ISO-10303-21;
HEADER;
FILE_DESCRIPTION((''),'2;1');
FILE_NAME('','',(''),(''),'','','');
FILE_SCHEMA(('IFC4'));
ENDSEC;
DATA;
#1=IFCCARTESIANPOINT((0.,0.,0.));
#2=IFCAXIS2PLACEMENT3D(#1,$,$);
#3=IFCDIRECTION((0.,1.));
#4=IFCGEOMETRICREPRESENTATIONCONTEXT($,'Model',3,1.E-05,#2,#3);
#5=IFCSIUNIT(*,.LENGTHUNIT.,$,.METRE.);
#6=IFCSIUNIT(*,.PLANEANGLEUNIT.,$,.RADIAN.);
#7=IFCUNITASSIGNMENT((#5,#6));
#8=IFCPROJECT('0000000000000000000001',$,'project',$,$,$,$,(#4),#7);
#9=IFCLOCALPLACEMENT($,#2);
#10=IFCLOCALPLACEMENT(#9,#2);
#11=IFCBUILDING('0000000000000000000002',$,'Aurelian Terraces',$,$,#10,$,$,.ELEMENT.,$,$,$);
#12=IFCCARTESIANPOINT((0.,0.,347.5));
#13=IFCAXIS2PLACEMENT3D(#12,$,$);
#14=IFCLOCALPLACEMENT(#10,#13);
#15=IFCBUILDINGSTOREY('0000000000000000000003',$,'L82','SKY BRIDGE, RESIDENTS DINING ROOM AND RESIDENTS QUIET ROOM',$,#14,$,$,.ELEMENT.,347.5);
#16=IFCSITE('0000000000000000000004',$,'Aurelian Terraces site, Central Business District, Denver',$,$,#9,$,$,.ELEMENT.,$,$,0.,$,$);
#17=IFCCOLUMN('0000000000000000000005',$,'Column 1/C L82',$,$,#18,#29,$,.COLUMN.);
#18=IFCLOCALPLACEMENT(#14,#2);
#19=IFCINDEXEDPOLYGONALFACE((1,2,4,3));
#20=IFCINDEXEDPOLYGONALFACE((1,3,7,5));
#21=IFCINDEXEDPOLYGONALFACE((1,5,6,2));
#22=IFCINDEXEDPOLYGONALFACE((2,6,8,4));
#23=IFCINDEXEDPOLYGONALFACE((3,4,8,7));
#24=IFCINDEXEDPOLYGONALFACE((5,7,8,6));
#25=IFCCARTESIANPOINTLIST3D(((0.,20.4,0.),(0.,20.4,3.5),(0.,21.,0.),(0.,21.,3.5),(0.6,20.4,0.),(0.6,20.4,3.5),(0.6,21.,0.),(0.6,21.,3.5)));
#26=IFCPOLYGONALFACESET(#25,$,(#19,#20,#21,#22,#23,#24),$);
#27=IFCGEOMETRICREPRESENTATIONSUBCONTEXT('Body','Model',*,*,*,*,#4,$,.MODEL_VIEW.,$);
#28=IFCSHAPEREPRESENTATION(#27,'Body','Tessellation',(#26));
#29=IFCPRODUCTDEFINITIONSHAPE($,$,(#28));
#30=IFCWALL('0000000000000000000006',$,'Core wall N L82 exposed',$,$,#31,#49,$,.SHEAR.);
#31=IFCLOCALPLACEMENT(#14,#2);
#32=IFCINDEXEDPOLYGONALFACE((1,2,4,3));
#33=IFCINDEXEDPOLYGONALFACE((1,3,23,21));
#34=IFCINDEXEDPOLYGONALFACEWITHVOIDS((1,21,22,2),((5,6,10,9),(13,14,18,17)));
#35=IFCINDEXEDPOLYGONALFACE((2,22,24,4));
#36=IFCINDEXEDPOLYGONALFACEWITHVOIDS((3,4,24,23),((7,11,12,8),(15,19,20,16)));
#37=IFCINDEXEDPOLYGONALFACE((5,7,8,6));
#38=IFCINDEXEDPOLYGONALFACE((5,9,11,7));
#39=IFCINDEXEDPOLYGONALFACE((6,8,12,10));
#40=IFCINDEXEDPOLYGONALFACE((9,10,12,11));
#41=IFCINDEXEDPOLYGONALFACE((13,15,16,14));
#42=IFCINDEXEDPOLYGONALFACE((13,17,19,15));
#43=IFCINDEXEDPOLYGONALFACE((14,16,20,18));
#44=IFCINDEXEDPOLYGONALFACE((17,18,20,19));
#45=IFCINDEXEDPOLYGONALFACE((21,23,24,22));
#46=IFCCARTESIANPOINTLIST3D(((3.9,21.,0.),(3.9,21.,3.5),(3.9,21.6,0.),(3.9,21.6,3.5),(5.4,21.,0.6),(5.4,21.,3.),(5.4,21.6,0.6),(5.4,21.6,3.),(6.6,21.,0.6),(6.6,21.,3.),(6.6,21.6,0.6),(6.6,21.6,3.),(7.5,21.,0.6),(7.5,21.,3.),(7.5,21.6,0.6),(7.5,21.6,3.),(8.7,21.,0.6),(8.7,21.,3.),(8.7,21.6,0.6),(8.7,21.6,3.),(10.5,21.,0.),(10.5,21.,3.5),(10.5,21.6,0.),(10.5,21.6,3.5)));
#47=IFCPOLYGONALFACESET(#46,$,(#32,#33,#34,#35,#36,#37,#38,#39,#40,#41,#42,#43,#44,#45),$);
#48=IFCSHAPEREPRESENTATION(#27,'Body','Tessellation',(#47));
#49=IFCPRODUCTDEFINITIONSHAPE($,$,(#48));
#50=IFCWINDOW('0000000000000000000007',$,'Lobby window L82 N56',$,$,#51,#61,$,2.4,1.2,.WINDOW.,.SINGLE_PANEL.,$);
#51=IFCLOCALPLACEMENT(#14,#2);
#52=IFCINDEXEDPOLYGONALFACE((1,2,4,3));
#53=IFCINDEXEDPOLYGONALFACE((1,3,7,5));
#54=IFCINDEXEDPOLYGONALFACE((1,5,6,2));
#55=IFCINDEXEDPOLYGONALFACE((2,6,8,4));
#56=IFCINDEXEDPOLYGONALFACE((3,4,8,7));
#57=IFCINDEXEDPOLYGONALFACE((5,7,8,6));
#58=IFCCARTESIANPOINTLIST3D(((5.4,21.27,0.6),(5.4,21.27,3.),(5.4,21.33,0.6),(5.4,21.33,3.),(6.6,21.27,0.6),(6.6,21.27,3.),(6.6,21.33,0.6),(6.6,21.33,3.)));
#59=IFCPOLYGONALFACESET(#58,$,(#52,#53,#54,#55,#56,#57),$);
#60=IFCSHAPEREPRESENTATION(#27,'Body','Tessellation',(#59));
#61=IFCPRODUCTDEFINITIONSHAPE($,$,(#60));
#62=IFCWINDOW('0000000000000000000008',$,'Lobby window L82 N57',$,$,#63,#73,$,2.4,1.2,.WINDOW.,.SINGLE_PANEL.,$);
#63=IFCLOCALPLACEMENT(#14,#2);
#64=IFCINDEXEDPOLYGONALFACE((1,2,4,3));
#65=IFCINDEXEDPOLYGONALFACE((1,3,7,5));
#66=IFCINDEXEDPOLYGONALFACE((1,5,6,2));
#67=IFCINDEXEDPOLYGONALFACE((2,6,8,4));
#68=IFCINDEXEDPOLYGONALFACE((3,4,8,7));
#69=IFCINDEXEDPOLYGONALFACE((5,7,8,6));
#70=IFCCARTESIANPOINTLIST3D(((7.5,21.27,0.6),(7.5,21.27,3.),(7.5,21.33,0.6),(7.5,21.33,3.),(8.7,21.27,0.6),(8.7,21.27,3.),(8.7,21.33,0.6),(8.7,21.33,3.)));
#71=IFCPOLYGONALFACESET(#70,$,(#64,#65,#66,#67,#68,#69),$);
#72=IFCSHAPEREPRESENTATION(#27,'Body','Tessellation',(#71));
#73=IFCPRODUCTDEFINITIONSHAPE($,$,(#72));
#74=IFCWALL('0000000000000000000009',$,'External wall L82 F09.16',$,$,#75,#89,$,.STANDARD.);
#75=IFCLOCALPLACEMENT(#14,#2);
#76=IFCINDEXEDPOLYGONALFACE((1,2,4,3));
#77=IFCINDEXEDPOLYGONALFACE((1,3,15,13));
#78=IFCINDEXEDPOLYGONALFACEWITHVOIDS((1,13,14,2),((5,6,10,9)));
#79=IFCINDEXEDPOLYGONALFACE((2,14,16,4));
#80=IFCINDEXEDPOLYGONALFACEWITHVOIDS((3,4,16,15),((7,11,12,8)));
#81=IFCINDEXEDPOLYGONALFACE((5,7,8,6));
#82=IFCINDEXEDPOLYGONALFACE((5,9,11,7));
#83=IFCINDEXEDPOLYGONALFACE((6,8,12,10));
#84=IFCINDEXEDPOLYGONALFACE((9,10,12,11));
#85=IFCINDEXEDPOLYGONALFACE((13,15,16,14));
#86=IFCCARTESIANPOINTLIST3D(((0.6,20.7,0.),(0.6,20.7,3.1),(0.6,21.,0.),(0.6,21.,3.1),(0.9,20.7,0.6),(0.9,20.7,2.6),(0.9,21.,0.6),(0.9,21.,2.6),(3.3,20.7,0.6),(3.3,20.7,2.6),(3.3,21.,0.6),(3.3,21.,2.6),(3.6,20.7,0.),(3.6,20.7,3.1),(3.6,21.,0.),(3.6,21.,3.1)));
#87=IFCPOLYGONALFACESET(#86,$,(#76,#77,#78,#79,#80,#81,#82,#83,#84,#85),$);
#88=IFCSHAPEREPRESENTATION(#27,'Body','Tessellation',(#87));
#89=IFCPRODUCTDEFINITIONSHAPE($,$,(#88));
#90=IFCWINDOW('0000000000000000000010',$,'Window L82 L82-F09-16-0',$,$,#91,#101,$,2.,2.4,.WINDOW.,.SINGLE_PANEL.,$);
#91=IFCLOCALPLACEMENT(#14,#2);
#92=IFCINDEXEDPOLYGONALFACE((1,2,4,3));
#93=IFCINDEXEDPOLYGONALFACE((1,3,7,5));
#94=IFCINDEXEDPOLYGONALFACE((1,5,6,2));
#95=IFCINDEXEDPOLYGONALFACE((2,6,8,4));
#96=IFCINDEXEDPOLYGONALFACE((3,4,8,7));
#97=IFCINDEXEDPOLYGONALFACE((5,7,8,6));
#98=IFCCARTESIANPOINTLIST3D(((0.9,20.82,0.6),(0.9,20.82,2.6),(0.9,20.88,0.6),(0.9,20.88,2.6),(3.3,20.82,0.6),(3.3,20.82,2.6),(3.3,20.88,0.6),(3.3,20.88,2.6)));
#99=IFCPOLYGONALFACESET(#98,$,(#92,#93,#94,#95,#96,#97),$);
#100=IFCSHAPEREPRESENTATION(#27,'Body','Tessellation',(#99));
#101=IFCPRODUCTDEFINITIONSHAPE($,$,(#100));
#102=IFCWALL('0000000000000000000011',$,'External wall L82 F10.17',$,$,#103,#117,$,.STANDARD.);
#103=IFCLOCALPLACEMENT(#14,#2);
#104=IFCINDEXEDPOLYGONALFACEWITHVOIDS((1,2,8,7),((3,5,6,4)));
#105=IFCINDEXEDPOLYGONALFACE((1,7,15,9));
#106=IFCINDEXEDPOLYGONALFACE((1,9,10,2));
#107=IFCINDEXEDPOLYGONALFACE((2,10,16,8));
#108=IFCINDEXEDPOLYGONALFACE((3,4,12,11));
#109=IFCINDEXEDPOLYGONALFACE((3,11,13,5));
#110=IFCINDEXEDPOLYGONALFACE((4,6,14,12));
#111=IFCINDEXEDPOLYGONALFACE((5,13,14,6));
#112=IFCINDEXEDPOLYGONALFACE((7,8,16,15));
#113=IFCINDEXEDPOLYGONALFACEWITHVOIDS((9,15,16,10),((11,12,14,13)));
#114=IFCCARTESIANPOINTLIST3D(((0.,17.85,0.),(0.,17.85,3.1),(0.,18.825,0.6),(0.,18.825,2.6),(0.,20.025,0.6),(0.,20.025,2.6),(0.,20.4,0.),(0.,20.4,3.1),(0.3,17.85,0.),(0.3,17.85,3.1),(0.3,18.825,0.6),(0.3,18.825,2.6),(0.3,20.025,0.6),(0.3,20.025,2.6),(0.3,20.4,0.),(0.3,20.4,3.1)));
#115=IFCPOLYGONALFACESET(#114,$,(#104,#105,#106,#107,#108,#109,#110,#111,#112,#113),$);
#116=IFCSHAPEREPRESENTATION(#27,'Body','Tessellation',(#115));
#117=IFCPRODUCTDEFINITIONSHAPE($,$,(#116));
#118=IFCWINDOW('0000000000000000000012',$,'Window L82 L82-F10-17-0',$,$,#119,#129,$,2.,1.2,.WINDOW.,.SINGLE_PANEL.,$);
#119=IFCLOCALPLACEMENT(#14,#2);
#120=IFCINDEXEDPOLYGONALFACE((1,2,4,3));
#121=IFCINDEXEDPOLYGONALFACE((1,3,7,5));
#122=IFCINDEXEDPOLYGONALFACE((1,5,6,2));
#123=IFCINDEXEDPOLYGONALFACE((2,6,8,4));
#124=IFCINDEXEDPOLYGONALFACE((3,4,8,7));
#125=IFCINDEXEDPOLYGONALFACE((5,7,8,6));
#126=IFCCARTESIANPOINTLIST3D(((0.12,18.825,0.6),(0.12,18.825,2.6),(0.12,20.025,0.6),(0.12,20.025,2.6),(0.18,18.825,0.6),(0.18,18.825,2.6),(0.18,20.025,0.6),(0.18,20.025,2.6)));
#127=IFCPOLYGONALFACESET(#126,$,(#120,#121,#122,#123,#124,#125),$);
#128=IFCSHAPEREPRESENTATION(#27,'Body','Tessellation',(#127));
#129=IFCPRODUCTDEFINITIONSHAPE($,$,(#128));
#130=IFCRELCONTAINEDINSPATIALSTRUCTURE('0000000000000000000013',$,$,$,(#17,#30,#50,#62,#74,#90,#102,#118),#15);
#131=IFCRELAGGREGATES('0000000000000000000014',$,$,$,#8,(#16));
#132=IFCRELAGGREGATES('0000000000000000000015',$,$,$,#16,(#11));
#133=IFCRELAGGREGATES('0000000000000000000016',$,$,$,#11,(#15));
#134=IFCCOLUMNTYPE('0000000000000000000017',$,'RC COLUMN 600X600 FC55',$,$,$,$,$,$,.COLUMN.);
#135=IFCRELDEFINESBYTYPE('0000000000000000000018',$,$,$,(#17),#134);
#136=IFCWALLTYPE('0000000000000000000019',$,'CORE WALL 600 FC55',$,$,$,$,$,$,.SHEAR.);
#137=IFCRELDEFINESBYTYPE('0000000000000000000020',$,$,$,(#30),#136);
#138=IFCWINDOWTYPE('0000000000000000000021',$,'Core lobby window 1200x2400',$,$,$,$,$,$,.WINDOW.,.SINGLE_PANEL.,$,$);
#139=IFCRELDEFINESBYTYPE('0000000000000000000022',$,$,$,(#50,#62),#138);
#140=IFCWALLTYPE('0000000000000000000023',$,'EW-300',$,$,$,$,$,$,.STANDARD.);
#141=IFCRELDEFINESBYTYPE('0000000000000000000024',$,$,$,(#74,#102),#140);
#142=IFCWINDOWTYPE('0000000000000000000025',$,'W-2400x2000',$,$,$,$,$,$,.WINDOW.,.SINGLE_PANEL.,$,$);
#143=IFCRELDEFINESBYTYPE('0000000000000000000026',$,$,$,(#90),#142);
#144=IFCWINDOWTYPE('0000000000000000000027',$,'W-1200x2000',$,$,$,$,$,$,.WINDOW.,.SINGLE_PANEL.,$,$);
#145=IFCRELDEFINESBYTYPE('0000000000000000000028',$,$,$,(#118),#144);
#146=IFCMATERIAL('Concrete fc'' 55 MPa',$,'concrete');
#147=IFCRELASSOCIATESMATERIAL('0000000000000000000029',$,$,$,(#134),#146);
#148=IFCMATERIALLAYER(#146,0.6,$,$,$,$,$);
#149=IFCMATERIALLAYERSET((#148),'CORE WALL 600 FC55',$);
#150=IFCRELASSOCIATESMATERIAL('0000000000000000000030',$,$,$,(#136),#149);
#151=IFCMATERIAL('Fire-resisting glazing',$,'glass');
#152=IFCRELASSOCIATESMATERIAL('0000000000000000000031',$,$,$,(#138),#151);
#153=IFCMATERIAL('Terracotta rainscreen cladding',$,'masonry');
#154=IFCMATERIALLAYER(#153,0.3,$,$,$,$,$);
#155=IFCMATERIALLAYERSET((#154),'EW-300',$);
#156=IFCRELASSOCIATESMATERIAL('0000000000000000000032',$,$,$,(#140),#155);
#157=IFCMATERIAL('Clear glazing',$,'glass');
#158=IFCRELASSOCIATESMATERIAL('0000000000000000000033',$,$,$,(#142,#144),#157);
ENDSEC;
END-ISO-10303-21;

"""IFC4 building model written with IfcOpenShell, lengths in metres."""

from ifc_helpers import new_model, si_unit, direction, frame, frame_2d, origin, origin_2d, place, context, subcontext, project, spatial, rectangle, extrude, source, transform, mapped, material, layer, layer_set, material_profile, profile_set, type_object, element, fill, save


model = new_model("IFC4")

# Units and contexts
model_context = context("Model", 3, precision=1e-05, world=origin(), true_north=direction((0.0, 1.0)))
body_context = subcontext(model_context, "Body", "Model", "MODEL_VIEW")
ifc_project = project(units=[si_unit("LENGTHUNIT", "METRE"), si_unit("PLANEANGLEUNIT", "RADIAN")], contexts=[model_context])

# Site, building, storey
site_placement = place(None, origin())
site = spatial("IfcSite", under=ifc_project, at=site_placement, Name="Aurelian Terraces site, Central Business District, Denver", CompositionType="ELEMENT", RefElevation=0.0)
building_placement = place(site_placement, origin())
building = spatial("IfcBuilding", under=site, at=building_placement, Name="Aurelian Terraces", CompositionType="ELEMENT")
storey_placement = place(building_placement, frame((0.0, 0.0, 347.5)))
storey = spatial("IfcBuildingStorey", under=building, at=storey_placement, Name="L82", Description="SKY BRIDGE, RESIDENTS DINING ROOM AND RESIDENTS QUIET ROOM", CompositionType="ELEMENT", Elevation=347.5)

# Column
ifc_material_1 = material(Name="Concrete fc' 55 MPa", Category="concrete")
ifc_material_profile = material_profile(ifc_material_1, rectangle(XDim=0.6, YDim=0.6, at=origin_2d()))
ifc_profile_set = profile_set([ifc_material_profile], Name="Concrete fc' 55 MPa")
column_type = type_object("IfcColumnType", Name="RC COLUMN 600X600 FC55", PredefinedType="COLUMN", material=ifc_profile_set)
shared_shape_1 = source(origin(), body_context, "Body", "SweptSolid", [
    extrude(rectangle(XDim=0.6, YDim=0.6, at=origin_2d()), origin(), (0.0, 0.0, 1.0), 3.5),
])
column_placement = place(storey_placement, frame((0.3, 20.7, 0.0), z_axis=(0.0, 0.0, 1.0), x_axis=(1.0, 0.0, 0.0)))
element("IfcColumn", 1, at=column_placement, inside=storey, type_object=column_type, Name="Column 1/C L82", PredefinedType="COLUMN", context=body_context, shape_type="MappedRepresentation", body=[
    mapped(shared_shape_1, transform((0.0, 0.0, 0.0), scale=1.0)),
])

# Wall, openings, windows
ifc_layer_1 = layer(ifc_material_1, 0.6)
ifc_layer_set_1 = layer_set([ifc_layer_1], Name="CORE WALL 600 FC55")
wall_type_1 = type_object("IfcWallType", Name="CORE WALL 600 FC55", PredefinedType="SHEAR", material=ifc_layer_set_1)
shared_shape_2 = source(origin(), body_context, "Body", "SweptSolid", [
    extrude(rectangle(XDim=6.6, YDim=0.6, at=frame_2d((3.3, 0.0))), origin(), (0.0, 0.0, 1.0), 3.5),
])
wall_1_placement = place(storey_placement, frame((3.9, 21.3, 0.0), z_axis=(0.0, 0.0, 1.0), x_axis=(1.0, 0.0, 0.0)))
wall_1 = element("IfcWall", 2, at=wall_1_placement, inside=storey, type_object=wall_type_1, Name="Core wall N L82 exposed", PredefinedType="SHEAR", context=body_context, shape_type="MappedRepresentation", body=[
    mapped(shared_shape_2, transform((0.0, 0.0, 0.0), scale=1.0)),
])
shared_shape_3 = source(origin(), body_context, "Body", "SweptSolid", [
    extrude(rectangle(XDim=1.2, YDim=2.4, at=frame_2d((0.6, 1.2))), frame((0.0, 0.31, 0.0), z_axis=(0.0, -1.0, 0.0), x_axis=(1.0, 0.0, 0.0)), (0.0, 0.0, 1.0), 0.62),
])
opening_1_placement = place(wall_1_placement, frame((1.5, 0.0, 0.6)))
opening_1 = element("IfcOpeningElement", 3, at=opening_1_placement, cuts=wall_1, PredefinedType="OPENING", context=body_context, shape_type="MappedRepresentation", body=[
    mapped(shared_shape_3, transform((0.0, 0.0, 0.0), scale=1.0)),
])
opening_2_placement = place(wall_1_placement, frame((3.6, 0.0, 0.6)))
opening_2 = element("IfcOpeningElement", 4, at=opening_2_placement, cuts=wall_1, PredefinedType="OPENING", context=body_context, shape_type="MappedRepresentation", body=[
    mapped(shared_shape_3, transform((0.0, 0.0, 0.0), scale=1.0)),
])
ifc_material_2 = material(Name="Fire-resisting glazing", Category="glass")
window_type_1 = type_object("IfcWindowType", Name="Core lobby window 1200x2400", PartitioningType="SINGLE_PANEL", PredefinedType="WINDOW", material=ifc_material_2)
shared_shape_4 = source(origin(), body_context, "Body", "SweptSolid", [
    extrude(rectangle(XDim=1.2, YDim=2.4, at=frame_2d((0.6, 1.2))), frame((0.0, 0.03, 0.0), z_axis=(0.0, -1.0, 0.0), x_axis=(1.0, 0.0, 0.0)), (0.0, 0.0, 1.0), 0.06),
])
window_1_placement = place(opening_1_placement, origin())
window_1 = element("IfcWindow", 5, at=window_1_placement, inside=storey, type_object=window_type_1, Name="Lobby window L82 N56", OverallHeight=2.4, OverallWidth=1.2, PartitioningType="SINGLE_PANEL", PredefinedType="WINDOW", context=body_context, shape_type="MappedRepresentation", body=[
    mapped(shared_shape_4, transform((0.0, 0.0, 0.0), scale=1.0)),
])
fill(opening_1, window_1)
window_2_placement = place(opening_2_placement, origin())
window_2 = element("IfcWindow", 6, at=window_2_placement, inside=storey, type_object=window_type_1, Name="Lobby window L82 N57", OverallHeight=2.4, OverallWidth=1.2, PartitioningType="SINGLE_PANEL", PredefinedType="WINDOW", context=body_context, shape_type="MappedRepresentation", body=[
    mapped(shared_shape_4, transform((0.0, 0.0, 0.0), scale=1.0)),
])
fill(opening_2, window_2)

# Walls, openings, windows
ifc_material_3 = material(Name="Terracotta rainscreen cladding", Category="masonry")
ifc_layer_2 = layer(ifc_material_3, 0.3)
ifc_layer_set_2 = layer_set([ifc_layer_2], Name="EW-300")
wall_type_2 = type_object("IfcWallType", Name="EW-300", PredefinedType="STANDARD", material=ifc_layer_set_2)
shared_shape_5 = source(origin(), body_context, "Body", "SweptSolid", [
    extrude(rectangle(XDim=3.0, YDim=0.3, at=frame_2d((1.5, 0.0))), origin(), (0.0, 0.0, 1.0), 3.1),
])
wall_2_placement = place(storey_placement, frame((3.6, 20.85, 0.0), z_axis=(0.0, 0.0, 1.0), x_axis=(-1.0, 0.0, 0.0)))
wall_2 = element("IfcWall", 7, at=wall_2_placement, inside=storey, type_object=wall_type_2, Name="External wall L82 F09.16", PredefinedType="STANDARD", context=body_context, shape_type="MappedRepresentation", body=[
    mapped(shared_shape_5, transform((0.0, 0.0, 0.0), scale=1.0)),
])
shared_shape_6 = source(origin(), body_context, "Body", "SweptSolid", [
    extrude(rectangle(XDim=2.4, YDim=2.0, at=frame_2d((1.2, 1.0))), frame((0.0, 0.16, 0.0), z_axis=(0.0, -1.0, 0.0), x_axis=(1.0, 0.0, 0.0)), (0.0, 0.0, 1.0), 0.32),
])
opening_3_placement = place(wall_2_placement, frame((0.3, 0.0, 0.6)))
opening_3 = element("IfcOpeningElement", 8, at=opening_3_placement, cuts=wall_2, PredefinedType="OPENING", context=body_context, shape_type="MappedRepresentation", body=[
    mapped(shared_shape_6, transform((0.0, 0.0, 0.0), scale=1.0)),
])
ifc_material_4 = material(Name="Clear glazing", Category="glass")
window_type_2 = type_object("IfcWindowType", Name="W-2400x2000", PartitioningType="SINGLE_PANEL", PredefinedType="WINDOW", material=ifc_material_4)
shared_shape_7 = source(origin(), body_context, "Body", "SweptSolid", [
    extrude(rectangle(XDim=2.4, YDim=2.0, at=frame_2d((1.2, 1.0))), frame((0.0, 0.03, 0.0), z_axis=(0.0, -1.0, 0.0), x_axis=(1.0, 0.0, 0.0)), (0.0, 0.0, 1.0), 0.06),
])
window_3_placement = place(opening_3_placement, origin())
window_3 = element("IfcWindow", 9, at=window_3_placement, inside=storey, type_object=window_type_2, Name="Window L82 L82-F09-16-0", OverallHeight=2.0, OverallWidth=2.4, PartitioningType="SINGLE_PANEL", PredefinedType="WINDOW", context=body_context, shape_type="MappedRepresentation", body=[
    mapped(shared_shape_7, transform((0.0, 0.0, 0.0), scale=1.0)),
])
fill(opening_3, window_3)
shared_shape_8 = source(origin(), body_context, "Body", "SweptSolid", [
    extrude(rectangle(XDim=2.55, YDim=0.3, at=frame_2d((1.275, 0.0))), origin(), (0.0, 0.0, 1.0), 3.1),
])
wall_3_placement = place(storey_placement, frame((0.15, 20.4, 0.0), z_axis=(0.0, 0.0, 1.0), x_axis=(0.0, -1.0, 0.0)))
wall_3 = element("IfcWall", 10, at=wall_3_placement, inside=storey, type_object=wall_type_2, Name="External wall L82 F10.17", PredefinedType="STANDARD", context=body_context, shape_type="MappedRepresentation", body=[
    mapped(shared_shape_8, transform((0.0, 0.0, 0.0), scale=1.0)),
])
shared_shape_9 = source(origin(), body_context, "Body", "SweptSolid", [
    extrude(rectangle(XDim=1.2, YDim=2.0, at=frame_2d((0.6, 1.0))), frame((0.0, 0.16, 0.0), z_axis=(0.0, -1.0, 0.0), x_axis=(1.0, 0.0, 0.0)), (0.0, 0.0, 1.0), 0.32),
])
opening_4_placement = place(wall_3_placement, frame((0.375, 0.0, 0.6)))
opening_4 = element("IfcOpeningElement", 11, at=opening_4_placement, cuts=wall_3, PredefinedType="OPENING", context=body_context, shape_type="MappedRepresentation", body=[
    mapped(shared_shape_9, transform((0.0, 0.0, 0.0), scale=1.0)),
])
window_type_3 = type_object("IfcWindowType", Name="W-1200x2000", PartitioningType="SINGLE_PANEL", PredefinedType="WINDOW", material=ifc_material_4)
shared_shape_10 = source(origin(), body_context, "Body", "SweptSolid", [
    extrude(rectangle(XDim=1.2, YDim=2.0, at=frame_2d((0.6, 1.0))), frame((0.0, 0.03, 0.0), z_axis=(0.0, -1.0, 0.0), x_axis=(1.0, 0.0, 0.0)), (0.0, 0.0, 1.0), 0.06),
])
window_4_placement = place(opening_4_placement, origin())
window_4 = element("IfcWindow", 12, at=window_4_placement, inside=storey, type_object=window_type_3, Name="Window L82 L82-F10-17-0", OverallHeight=2.0, OverallWidth=1.2, PartitioningType="SINGLE_PANEL", PredefinedType="WINDOW", context=body_context, shape_type="MappedRepresentation", body=[
    mapped(shared_shape_10, transform((0.0, 0.0, 0.0), scale=1.0)),
])
fill(opening_4, window_4)

save(model, "model.ifc")
